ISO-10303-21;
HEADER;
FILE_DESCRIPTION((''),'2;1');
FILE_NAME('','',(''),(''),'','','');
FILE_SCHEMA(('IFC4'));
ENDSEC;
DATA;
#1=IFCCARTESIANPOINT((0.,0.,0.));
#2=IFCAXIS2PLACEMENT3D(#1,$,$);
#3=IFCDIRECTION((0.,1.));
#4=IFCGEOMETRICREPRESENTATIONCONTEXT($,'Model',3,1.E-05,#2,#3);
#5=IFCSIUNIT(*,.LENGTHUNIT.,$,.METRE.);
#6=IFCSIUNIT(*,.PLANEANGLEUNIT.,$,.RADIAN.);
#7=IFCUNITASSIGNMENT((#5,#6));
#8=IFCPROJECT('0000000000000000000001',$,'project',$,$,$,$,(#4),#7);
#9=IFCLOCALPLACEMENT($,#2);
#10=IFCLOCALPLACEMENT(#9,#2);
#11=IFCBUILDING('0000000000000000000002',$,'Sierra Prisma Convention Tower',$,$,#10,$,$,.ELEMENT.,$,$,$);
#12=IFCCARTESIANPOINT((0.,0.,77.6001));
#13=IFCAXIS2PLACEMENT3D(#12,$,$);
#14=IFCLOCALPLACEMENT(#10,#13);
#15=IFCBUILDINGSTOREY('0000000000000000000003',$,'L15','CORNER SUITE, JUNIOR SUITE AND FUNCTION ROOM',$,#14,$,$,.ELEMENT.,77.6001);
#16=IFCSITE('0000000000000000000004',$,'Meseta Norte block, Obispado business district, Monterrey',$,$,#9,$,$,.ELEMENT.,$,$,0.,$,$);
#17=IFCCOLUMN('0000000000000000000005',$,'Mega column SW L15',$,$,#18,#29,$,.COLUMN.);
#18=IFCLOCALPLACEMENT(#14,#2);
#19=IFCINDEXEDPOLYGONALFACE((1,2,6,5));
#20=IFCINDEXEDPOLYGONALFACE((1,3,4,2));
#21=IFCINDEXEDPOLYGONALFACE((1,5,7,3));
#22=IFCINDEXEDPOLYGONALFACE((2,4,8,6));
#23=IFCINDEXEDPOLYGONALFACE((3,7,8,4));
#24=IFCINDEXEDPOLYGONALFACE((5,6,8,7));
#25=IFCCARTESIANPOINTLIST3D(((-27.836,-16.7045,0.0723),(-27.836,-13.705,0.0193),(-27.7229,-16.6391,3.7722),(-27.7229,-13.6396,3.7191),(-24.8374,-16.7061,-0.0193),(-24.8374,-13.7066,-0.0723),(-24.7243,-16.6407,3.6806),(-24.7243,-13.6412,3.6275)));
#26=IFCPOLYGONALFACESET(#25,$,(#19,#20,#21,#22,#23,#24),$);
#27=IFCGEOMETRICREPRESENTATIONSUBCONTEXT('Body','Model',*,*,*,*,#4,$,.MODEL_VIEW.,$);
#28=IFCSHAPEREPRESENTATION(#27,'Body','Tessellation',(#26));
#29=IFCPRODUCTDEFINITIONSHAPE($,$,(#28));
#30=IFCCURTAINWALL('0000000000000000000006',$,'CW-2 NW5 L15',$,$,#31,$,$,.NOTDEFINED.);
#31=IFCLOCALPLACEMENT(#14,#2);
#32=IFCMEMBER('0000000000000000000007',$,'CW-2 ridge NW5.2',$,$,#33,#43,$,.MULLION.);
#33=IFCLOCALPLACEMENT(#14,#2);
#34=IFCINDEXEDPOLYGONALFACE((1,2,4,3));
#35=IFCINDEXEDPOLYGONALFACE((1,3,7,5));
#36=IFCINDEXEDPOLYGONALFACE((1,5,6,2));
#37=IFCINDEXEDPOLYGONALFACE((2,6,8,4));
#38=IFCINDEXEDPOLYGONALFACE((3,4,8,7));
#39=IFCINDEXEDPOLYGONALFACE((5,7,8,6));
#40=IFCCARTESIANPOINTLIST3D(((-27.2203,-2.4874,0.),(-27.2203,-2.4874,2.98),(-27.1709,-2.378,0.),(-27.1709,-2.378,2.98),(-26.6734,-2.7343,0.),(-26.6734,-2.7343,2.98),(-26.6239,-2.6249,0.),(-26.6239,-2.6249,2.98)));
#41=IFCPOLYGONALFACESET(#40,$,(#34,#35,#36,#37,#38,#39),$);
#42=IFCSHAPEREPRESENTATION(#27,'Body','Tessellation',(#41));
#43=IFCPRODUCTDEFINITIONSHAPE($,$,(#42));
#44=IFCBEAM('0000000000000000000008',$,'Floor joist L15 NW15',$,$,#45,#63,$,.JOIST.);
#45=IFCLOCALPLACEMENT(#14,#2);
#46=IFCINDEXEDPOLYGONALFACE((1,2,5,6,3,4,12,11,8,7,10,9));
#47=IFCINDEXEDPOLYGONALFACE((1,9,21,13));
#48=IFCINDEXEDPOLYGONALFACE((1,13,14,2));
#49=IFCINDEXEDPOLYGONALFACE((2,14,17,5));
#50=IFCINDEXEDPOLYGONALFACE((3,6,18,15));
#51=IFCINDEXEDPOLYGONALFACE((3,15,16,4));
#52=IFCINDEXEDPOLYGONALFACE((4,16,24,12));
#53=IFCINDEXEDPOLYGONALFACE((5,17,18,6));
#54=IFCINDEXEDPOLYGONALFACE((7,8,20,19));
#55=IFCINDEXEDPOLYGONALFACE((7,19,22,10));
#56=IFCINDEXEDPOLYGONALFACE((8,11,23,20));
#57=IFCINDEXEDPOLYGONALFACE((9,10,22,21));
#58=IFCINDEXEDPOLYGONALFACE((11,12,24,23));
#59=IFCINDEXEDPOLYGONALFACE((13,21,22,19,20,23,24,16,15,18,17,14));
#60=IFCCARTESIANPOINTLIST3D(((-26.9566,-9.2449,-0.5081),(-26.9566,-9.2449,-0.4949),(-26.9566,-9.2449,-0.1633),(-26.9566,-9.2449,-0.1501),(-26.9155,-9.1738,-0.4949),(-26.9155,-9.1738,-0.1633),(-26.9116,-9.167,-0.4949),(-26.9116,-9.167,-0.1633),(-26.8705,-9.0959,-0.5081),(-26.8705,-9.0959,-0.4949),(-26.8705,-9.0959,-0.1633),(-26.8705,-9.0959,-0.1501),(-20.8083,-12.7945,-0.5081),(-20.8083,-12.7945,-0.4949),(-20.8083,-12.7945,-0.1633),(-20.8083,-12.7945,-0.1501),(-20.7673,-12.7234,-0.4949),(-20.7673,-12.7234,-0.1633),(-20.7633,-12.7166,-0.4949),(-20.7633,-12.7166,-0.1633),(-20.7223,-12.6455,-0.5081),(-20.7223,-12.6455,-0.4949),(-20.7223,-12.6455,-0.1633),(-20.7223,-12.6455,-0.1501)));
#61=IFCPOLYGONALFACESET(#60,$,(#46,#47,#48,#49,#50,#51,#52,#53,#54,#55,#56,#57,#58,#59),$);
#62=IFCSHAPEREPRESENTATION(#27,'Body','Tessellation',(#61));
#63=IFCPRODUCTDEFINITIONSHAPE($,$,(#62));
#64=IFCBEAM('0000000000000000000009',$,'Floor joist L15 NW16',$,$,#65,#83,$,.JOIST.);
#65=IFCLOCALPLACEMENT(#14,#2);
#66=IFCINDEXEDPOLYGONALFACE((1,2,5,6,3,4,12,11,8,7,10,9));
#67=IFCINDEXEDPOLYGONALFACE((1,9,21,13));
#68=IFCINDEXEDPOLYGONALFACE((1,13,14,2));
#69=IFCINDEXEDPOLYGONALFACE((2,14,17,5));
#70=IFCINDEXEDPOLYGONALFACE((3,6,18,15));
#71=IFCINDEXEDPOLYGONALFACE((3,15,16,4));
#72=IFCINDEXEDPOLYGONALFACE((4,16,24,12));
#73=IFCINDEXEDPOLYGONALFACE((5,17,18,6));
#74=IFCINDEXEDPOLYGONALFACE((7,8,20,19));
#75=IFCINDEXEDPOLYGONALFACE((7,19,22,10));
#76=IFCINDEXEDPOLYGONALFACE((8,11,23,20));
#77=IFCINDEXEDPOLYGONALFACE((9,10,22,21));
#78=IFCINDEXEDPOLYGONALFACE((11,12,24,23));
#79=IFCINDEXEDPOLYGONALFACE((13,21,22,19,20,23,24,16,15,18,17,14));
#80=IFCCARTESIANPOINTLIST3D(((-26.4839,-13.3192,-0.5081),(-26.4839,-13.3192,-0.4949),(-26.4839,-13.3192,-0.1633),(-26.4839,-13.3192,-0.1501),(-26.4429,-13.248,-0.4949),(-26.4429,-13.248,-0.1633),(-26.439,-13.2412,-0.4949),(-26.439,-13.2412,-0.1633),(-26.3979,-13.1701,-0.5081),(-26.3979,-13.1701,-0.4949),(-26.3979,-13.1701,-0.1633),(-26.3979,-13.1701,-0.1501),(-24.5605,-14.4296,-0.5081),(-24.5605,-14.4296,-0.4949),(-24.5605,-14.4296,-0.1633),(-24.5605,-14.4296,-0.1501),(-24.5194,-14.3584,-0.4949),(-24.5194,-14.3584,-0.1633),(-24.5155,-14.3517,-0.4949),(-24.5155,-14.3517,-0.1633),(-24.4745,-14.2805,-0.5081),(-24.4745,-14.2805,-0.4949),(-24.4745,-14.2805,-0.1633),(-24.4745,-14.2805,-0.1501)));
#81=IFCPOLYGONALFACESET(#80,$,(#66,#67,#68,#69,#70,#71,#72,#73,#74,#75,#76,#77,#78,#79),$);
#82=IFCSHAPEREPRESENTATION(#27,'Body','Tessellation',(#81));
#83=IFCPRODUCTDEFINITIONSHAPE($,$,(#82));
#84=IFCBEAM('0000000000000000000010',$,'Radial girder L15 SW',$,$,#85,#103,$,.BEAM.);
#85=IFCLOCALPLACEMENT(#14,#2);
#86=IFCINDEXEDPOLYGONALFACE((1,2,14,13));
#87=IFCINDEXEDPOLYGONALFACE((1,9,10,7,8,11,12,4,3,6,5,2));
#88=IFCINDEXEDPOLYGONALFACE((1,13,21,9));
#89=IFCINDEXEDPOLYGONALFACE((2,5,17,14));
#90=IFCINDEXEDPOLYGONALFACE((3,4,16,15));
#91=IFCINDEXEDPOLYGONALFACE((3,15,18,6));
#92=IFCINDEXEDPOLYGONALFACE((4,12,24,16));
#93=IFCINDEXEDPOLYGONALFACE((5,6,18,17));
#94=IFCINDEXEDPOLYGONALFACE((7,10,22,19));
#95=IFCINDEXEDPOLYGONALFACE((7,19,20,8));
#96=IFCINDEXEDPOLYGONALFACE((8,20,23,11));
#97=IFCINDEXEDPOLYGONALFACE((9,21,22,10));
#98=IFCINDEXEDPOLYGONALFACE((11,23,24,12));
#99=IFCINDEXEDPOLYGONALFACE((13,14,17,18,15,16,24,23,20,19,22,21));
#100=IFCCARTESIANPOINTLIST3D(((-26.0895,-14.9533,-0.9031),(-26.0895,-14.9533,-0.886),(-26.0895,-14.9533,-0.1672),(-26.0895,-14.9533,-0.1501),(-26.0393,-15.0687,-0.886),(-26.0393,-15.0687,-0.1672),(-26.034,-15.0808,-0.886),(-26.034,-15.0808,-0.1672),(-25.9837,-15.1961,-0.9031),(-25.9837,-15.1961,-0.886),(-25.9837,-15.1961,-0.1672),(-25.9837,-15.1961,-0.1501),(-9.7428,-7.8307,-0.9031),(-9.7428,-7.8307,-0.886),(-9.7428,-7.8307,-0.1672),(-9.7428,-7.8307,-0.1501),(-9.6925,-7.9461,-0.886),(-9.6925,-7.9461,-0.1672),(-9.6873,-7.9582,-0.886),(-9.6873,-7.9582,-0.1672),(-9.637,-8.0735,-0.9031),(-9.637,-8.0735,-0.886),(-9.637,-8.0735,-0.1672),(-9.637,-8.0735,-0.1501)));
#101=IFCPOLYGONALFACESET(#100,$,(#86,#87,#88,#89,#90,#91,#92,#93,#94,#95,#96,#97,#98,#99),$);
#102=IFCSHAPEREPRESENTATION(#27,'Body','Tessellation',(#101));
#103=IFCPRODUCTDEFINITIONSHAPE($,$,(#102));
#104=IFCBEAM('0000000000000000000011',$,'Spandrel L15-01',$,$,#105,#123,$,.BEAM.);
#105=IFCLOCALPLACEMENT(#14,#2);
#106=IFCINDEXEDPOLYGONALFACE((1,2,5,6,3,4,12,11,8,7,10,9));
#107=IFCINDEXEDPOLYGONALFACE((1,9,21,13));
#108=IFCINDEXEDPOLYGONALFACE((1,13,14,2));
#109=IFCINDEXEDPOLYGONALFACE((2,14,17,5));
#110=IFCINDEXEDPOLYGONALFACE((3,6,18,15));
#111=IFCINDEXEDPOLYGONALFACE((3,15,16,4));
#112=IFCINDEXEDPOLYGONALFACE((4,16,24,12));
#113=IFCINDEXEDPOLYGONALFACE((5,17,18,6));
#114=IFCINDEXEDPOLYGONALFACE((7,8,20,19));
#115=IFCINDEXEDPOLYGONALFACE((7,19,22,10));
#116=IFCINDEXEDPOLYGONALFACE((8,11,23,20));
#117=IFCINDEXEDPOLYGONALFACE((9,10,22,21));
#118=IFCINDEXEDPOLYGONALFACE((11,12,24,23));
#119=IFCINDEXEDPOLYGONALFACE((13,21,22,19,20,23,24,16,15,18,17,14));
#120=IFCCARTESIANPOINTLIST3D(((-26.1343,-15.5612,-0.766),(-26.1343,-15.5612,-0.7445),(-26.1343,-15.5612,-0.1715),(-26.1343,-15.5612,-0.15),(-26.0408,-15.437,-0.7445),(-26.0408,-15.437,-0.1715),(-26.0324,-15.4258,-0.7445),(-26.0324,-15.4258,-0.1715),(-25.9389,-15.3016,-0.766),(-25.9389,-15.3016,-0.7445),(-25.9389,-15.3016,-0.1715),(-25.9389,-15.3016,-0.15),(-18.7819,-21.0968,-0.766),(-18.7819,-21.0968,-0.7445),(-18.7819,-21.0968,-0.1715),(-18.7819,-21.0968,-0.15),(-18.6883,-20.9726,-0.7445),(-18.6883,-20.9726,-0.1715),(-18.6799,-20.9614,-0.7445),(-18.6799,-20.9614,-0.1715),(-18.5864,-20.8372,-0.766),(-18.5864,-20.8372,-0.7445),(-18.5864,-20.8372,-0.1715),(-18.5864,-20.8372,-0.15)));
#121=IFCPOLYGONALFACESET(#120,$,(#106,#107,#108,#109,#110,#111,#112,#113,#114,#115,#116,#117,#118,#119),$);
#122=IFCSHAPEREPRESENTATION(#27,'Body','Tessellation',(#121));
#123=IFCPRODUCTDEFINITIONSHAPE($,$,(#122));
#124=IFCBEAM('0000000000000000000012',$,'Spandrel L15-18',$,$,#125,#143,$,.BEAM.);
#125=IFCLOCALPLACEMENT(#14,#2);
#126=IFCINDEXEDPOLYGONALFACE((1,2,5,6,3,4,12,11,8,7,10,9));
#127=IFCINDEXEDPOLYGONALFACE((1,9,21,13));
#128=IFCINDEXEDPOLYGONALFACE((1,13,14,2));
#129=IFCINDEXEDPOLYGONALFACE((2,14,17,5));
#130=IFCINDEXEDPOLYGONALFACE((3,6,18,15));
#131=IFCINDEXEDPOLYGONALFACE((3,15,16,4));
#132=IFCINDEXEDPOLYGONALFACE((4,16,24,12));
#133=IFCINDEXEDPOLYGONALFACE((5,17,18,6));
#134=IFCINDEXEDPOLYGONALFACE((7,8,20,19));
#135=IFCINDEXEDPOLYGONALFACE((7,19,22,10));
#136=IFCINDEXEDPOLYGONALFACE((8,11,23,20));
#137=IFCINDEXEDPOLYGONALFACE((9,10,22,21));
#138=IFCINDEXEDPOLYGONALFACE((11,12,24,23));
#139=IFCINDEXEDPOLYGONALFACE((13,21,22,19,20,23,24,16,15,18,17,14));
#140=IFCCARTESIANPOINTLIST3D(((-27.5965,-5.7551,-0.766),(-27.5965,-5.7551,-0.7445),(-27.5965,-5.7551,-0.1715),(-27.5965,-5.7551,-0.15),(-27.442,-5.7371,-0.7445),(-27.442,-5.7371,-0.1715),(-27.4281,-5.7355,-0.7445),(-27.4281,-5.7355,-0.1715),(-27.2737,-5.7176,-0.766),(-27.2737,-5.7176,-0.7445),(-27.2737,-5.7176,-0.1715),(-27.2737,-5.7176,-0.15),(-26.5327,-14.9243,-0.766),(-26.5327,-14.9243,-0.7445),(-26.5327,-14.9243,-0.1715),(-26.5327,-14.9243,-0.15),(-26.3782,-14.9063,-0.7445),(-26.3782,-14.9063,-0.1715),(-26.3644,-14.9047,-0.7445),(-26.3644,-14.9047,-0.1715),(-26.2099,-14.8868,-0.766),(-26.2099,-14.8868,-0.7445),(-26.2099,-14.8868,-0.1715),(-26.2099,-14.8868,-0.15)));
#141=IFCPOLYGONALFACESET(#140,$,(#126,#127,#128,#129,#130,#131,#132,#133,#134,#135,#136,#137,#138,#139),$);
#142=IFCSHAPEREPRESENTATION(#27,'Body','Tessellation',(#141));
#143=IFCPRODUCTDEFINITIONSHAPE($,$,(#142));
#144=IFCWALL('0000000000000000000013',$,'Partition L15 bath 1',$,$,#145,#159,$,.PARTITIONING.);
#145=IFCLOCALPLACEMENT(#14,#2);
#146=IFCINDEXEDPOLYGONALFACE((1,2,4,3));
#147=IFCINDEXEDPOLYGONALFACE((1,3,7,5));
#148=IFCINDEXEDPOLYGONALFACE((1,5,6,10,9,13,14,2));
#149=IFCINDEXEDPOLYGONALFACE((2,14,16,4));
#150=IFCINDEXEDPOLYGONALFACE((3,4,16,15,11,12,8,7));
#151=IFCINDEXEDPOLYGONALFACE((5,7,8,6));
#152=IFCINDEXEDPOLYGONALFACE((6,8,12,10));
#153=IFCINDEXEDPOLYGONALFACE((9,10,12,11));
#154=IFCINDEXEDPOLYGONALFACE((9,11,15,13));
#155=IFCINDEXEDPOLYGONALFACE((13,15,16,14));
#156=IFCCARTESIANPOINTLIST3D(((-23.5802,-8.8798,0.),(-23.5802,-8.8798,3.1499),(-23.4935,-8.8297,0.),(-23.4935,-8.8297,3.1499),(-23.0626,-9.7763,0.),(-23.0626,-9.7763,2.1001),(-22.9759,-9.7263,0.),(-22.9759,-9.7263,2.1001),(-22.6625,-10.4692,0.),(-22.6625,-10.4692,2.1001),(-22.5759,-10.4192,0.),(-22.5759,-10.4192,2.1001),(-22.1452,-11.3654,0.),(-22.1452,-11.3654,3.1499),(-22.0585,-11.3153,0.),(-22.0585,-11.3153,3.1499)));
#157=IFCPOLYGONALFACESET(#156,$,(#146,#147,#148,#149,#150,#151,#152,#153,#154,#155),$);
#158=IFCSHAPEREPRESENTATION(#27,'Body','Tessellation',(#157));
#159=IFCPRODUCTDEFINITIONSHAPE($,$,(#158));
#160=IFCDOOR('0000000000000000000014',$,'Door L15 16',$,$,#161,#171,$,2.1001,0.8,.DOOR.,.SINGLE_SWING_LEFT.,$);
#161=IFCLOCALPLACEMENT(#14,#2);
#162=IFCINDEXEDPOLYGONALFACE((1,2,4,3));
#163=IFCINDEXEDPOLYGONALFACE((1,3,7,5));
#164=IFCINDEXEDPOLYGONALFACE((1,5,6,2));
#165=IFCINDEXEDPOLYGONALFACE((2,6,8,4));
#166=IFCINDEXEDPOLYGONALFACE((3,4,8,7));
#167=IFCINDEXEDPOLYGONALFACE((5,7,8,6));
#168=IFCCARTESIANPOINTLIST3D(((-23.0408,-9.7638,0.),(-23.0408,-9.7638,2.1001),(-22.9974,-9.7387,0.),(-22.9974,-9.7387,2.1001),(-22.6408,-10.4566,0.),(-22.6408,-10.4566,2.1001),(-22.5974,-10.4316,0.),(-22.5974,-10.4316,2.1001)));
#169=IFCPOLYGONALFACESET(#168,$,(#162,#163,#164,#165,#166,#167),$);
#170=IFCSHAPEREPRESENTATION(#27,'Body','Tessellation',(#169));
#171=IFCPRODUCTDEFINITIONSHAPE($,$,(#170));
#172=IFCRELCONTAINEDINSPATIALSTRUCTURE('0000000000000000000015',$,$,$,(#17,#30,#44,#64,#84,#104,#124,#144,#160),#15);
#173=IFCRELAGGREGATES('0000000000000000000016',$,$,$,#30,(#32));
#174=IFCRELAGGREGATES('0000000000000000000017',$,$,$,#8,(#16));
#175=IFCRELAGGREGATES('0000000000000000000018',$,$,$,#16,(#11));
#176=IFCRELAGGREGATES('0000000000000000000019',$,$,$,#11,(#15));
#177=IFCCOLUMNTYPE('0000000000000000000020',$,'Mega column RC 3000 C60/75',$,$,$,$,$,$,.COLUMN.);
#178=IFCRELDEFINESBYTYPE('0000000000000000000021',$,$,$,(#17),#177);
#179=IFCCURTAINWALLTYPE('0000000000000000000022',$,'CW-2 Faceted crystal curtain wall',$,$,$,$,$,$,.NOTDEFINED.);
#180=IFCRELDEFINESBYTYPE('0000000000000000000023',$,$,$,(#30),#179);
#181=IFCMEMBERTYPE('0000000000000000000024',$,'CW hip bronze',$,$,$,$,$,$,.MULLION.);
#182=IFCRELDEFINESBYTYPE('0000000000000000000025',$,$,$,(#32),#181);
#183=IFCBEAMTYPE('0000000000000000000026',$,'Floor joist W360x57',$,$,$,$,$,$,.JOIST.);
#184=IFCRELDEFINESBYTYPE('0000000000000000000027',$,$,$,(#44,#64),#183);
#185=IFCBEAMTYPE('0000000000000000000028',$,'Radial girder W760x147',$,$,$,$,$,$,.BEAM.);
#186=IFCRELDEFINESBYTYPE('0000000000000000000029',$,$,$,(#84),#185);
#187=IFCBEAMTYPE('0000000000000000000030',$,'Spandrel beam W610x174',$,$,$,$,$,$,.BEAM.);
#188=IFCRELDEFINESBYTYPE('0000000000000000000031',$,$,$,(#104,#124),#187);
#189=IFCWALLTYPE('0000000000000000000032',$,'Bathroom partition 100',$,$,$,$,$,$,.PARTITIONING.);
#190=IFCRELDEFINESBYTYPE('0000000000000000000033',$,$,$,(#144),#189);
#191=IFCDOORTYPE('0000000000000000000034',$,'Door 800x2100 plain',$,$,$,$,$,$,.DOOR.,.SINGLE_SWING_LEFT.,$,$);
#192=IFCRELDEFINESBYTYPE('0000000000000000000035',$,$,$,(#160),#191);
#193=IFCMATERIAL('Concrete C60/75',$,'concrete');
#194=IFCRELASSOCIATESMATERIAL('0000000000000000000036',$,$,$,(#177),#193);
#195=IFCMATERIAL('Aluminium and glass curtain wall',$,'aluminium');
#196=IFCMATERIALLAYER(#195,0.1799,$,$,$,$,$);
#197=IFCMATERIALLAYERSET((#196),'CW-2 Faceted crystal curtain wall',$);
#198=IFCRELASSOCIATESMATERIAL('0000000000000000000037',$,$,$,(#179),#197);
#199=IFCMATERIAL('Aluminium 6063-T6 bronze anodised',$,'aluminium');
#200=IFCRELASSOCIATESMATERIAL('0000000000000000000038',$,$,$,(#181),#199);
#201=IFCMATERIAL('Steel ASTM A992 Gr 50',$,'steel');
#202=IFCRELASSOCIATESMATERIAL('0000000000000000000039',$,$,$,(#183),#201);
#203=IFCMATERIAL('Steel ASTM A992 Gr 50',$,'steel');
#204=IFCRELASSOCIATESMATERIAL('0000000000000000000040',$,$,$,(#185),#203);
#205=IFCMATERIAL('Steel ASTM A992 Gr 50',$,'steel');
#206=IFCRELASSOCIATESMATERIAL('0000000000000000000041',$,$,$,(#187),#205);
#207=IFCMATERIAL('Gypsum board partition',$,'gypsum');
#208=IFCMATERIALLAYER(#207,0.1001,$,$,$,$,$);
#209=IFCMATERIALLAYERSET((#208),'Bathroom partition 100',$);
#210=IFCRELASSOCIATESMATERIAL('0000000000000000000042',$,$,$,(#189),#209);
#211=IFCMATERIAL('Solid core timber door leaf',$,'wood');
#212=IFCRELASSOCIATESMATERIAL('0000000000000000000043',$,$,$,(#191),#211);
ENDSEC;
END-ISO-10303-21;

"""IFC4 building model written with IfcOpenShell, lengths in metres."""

from ifc_helpers import new_model, si_unit, direction, frame, frame_2d, origin, origin_2d, place, context, subcontext, project, spatial, rectangle, i_section, extrude, material, layer, layer_set, material_profile, profile_set, type_object, element, fill, aggregate, save


model = new_model("IFC4")

# Units and contexts
model_context = context("Model", 3, precision=1e-05, world=origin(), true_north=direction((0.0, 1.0)))
body_context = subcontext(model_context, "Body", "Model", "MODEL_VIEW")
ifc_project = project(units=[si_unit("LENGTHUNIT", "METRE"), si_unit("PLANEANGLEUNIT", "RADIAN")], contexts=[model_context])

# Site, building, storey
site_placement = place(None, origin())
site = spatial("IfcSite", under=ifc_project, at=site_placement, Name="Meseta Norte block, Obispado business district, Monterrey", CompositionType="ELEMENT", RefElevation=0.0)
building_placement = place(site_placement, origin())
building = spatial("IfcBuilding", under=site, at=building_placement, Name="Sierra Prisma Convention Tower", CompositionType="ELEMENT")
storey_placement = place(building_placement, frame((0.0, 0.0, 77.6001)))
storey = spatial("IfcBuildingStorey", under=building, at=storey_placement, Name="L15", Description="CORNER SUITE, JUNIOR SUITE AND FUNCTION ROOM", CompositionType="ELEMENT", Elevation=77.6001)

# Column
ifc_material_1 = material(Name="Concrete C60/75", Category="concrete")
ifc_material_profile_1 = material_profile(ifc_material_1, rectangle(XDim=3.0, YDim=3.0, at=origin_2d()), Name="Mega column RC 3000 C60/75")
ifc_profile_set_1 = profile_set([ifc_material_profile_1], Name="Concrete C60/75")
column_type = type_object("IfcColumnType", Name="Mega column RC 3000 C60/75", PredefinedType="COLUMN", material=ifc_profile_set_1)
column_placement = place(storey_placement, frame((-26.3367, -15.2056, 0.0), z_axis=(0.030532, 0.017673, 0.999378), x_axis=(0.999534, -0.00054, -0.030527)))
element("IfcColumn", 1, at=column_placement, inside=storey, type_object=column_type, Name="Mega column SW L15", PredefinedType="COLUMN", context=body_context, shape_type="SweptSolid", body=[
    extrude(rectangle(XDim=3.0, YDim=3.0, at=origin_2d()), origin(), (0.0, 0.0, 1.0), 3.7021),
])

# Curtain wall, member
ifc_material_2 = material(Name="Aluminium and glass curtain wall", Category="aluminium")
ifc_layer_1 = layer(ifc_material_2, 0.1799)
ifc_layer_set_1 = layer_set([ifc_layer_1], Name="CW-2 Faceted crystal curtain wall")
curtain_wall_type = type_object("IfcCurtainWallType", Name="CW-2 Faceted crystal curtain wall", PredefinedType="NOTDEFINED", material=ifc_layer_set_1)
curtain_wall_placement = place(storey_placement, origin())
curtain_wall = element("IfcCurtainWall", 2, at=curtain_wall_placement, inside=storey, type_object=curtain_wall_type, Name="CW-2 NW5 L15", PredefinedType="NOTDEFINED")
ifc_material_3 = material(Name="Aluminium 6063-T6 bronze anodised", Category="aluminium")
ifc_material_profile_2 = material_profile(ifc_material_3, rectangle(XDim=0.1201, YDim=0.6001, at=origin_2d()), Name="ALU RIDGE BLADE 120x600")
ifc_profile_set_2 = profile_set([ifc_material_profile_2], Name="Aluminium 6063-T6 bronze anodised")
member_type = type_object("IfcMemberType", Name="CW hip bronze", PredefinedType="MULLION", material=ifc_profile_set_2)
member_placement = place(storey_placement, frame((-26.9221, -2.5562, 0.0), z_axis=(0.0, 0.0, 1.0), x_axis=(-0.411426, -0.911443, 0.0)))
member = element("IfcMember", 3, at=member_placement, type_object=member_type, Name="CW-2 ridge NW5.2", PredefinedType="MULLION", context=body_context, shape_type="SweptSolid", body=[
    extrude(rectangle(XDim=0.1201, YDim=0.6001, at=origin_2d()), origin(), (0.0, 0.0, 1.0), 2.98),
])
aggregate(curtain_wall, [member])

# Beams
ifc_material_4 = material(Name="Steel ASTM A992 Gr 50", Category="steel")
ifc_material_profile_3 = material_profile(ifc_material_4, i_section(OverallWidth=0.1721, OverallDepth=0.3579, WebThickness=0.0078, FlangeThickness=0.0132, at=origin_2d()), Name="W360x57")
ifc_profile_set_3 = profile_set([ifc_material_profile_3], Name="Steel ASTM A992 Gr 50")
beam_type_1 = type_object("IfcBeamType", Name="Floor joist W360x57", PredefinedType="JOIST", material=ifc_profile_set_3)
beam_1_placement = place(storey_placement, frame((-26.9136, -9.1704, -0.3291), z_axis=(0.866032, -0.499989, 0.0), x_axis=(0.499989, 0.866032, 0.0)))
element("IfcBeam", 4, at=beam_1_placement, inside=storey, type_object=beam_type_1, Name="Floor joist L15 NW15", PredefinedType="JOIST", context=body_context, shape_type="SweptSolid", body=[
    extrude(i_section(OverallWidth=0.1721, OverallDepth=0.3579, WebThickness=0.0078, FlangeThickness=0.0132, at=origin_2d()), origin(), (0.0, 0.0, 1.0), 7.0994),
])
beam_2_placement = place(storey_placement, frame((-26.4409, -13.2446, -0.3291), z_axis=(0.866043, -0.49997, 0.0), x_axis=(0.49997, 0.866043, 0.0)))
element("IfcBeam", 5, at=beam_2_placement, inside=storey, type_object=beam_type_1, Name="Floor joist L15 NW16", PredefinedType="JOIST", context=body_context, shape_type="SweptSolid", body=[
    extrude(i_section(OverallWidth=0.1721, OverallDepth=0.3579, WebThickness=0.0078, FlangeThickness=0.0132, at=origin_2d()), origin(), (0.0, 0.0, 1.0), 2.2209),
])
ifc_material_5 = material(Name="Steel ASTM A992 Gr 50", Category="steel")
ifc_material_profile_4 = material_profile(ifc_material_5, i_section(OverallWidth=0.2649, OverallDepth=0.7529, WebThickness=0.0132, FlangeThickness=0.0171, at=origin_2d()), Name="W760x147")
ifc_profile_set_4 = profile_set([ifc_material_profile_4], Name="Steel ASTM A992 Gr 50")
beam_type_2 = type_object("IfcBeamType", Name="Radial girder W760x147", PredefinedType="BEAM", material=ifc_profile_set_4)
beam_3_placement = place(storey_placement, frame((-26.0366, -15.0747, -0.5266), z_axis=(0.916756, 0.399448, 0.0), x_axis=(-0.399448, 0.916756, 0.0)))
element("IfcBeam", 6, at=beam_3_placement, inside=storey, type_object=beam_type_2, Name="Radial girder L15 SW", PredefinedType="BEAM", context=body_context, shape_type="SweptSolid", body=[
    extrude(i_section(OverallWidth=0.2649, OverallDepth=0.7529, WebThickness=0.0132, FlangeThickness=0.0171, at=origin_2d()), origin(), (0.0, 0.0, 1.0), 17.8311),
])
ifc_material_6 = material(Name="Steel ASTM A992 Gr 50", Category="steel")
ifc_material_profile_5 = material_profile(ifc_material_6, i_section(OverallWidth=0.325, OverallDepth=0.616, WebThickness=0.0139, FlangeThickness=0.0215, at=origin_2d()), Name="W610x174")
ifc_profile_set_5 = profile_set([ifc_material_profile_5], Name="Steel ASTM A992 Gr 50")
beam_type_3 = type_object("IfcBeamType", Name="Spandrel beam W610x174", PredefinedType="BEAM", material=ifc_profile_set_5)
beam_4_placement = place(storey_placement, frame((-26.0366, -15.4314, -0.458), z_axis=(0.798891, -0.601476, 0.0), x_axis=(0.601476, 0.798891, 0.0)))
element("IfcBeam", 7, at=beam_4_placement, inside=storey, type_object=beam_type_3, Name="Spandrel L15-01", PredefinedType="BEAM", context=body_context, shape_type="SweptSolid", body=[
    extrude(i_section(OverallWidth=0.325, OverallDepth=0.616, WebThickness=0.0139, FlangeThickness=0.0215, at=origin_2d()), origin(), (0.0, 0.0, 1.0), 9.2034),
])
beam_5_placement = place(storey_placement, frame((-27.4351, -5.7363, -0.458), z_axis=(0.115237, -0.993338, 0.0), x_axis=(0.993338, 0.115237, 0.0)))
element("IfcBeam", 8, at=beam_5_placement, inside=storey, type_object=beam_type_3, Name="Spandrel L15-18", PredefinedType="BEAM", context=body_context, shape_type="SweptSolid", body=[
    extrude(i_section(OverallWidth=0.325, OverallDepth=0.616, WebThickness=0.0139, FlangeThickness=0.0215, at=origin_2d()), origin(), (0.0, 0.0, 1.0), 9.2307),
])

# Wall, opening, door
ifc_material_7 = material(Name="Gypsum board partition", Category="gypsum")
ifc_layer_2 = layer(ifc_material_7, 0.1001)
ifc_layer_set_2 = layer_set([ifc_layer_2], Name="Bathroom partition 100")
wall_type_1 = type_object("IfcWallType", Name="Bathroom partition 100", PredefinedType="PARTITIONING", material=ifc_layer_set_2)
wall_1_placement = place(storey_placement, frame((-22.1018, -11.3403, 0.0), z_axis=(0.0, 0.0, 1.0), x_axis=(-0.5, 0.866026, 0.0)))
wall_1 = element("IfcWall", 9, at=wall_1_placement, inside=storey, type_object=wall_type_1, Name="Partition L15 bath 1", PredefinedType="PARTITIONING", context=body_context, shape_type="SweptSolid", body=[
    extrude(rectangle(XDim=2.8701, YDim=0.1001, at=frame_2d((1.4351, 0.0))), origin(), (0.0, 0.0, 1.0), 3.1499),
])
opening_1_placement = place(wall_1_placement, frame((1.0349, 0.0, 0.0)))
opening_1 = element("IfcOpeningElement", 10, at=opening_1_placement, cuts=wall_1, PredefinedType="OPENING", context=body_context, shape_type="SweptSolid", body=[
    extrude(rectangle(XDim=0.8, YDim=2.1001, at=frame_2d((0.3999, 1.05))), frame((0.0, 0.05, 0.0), z_axis=(0.0, -1.0, 0.0), x_axis=(1.0, 0.0, 0.0)), (0.0, 0.0, 1.0), 0.1001),
])
ifc_material_8 = material(Name="Solid core timber door leaf", Category="wood")
door_type_1 = type_object("IfcDoorType", Name="Door 800x2100 plain", OperationType="SINGLE_SWING_LEFT", PredefinedType="DOOR", material=ifc_material_8)
door_1_placement = place(opening_1_placement, origin())
door_1 = element("IfcDoor", 11, at=door_1_placement, inside=storey, type_object=door_type_1, Name="Door L15 16", OperationType="SINGLE_SWING_LEFT", OverallHeight=2.1001, OverallWidth=0.8, PredefinedType="DOOR", context=body_context, shape_type="SweptSolid", body=[
    extrude(rectangle(XDim=0.8, YDim=2.1001, at=frame_2d((0.3999, 1.05))), frame((0.0, 0.0249, 0.0), z_axis=(0.0, -1.0, 0.0), x_axis=(1.0, 0.0, 0.0)), (0.0, 0.0, 1.0), 0.05),
])
fill(opening_1, door_1)

save(model, "model.ifc")
